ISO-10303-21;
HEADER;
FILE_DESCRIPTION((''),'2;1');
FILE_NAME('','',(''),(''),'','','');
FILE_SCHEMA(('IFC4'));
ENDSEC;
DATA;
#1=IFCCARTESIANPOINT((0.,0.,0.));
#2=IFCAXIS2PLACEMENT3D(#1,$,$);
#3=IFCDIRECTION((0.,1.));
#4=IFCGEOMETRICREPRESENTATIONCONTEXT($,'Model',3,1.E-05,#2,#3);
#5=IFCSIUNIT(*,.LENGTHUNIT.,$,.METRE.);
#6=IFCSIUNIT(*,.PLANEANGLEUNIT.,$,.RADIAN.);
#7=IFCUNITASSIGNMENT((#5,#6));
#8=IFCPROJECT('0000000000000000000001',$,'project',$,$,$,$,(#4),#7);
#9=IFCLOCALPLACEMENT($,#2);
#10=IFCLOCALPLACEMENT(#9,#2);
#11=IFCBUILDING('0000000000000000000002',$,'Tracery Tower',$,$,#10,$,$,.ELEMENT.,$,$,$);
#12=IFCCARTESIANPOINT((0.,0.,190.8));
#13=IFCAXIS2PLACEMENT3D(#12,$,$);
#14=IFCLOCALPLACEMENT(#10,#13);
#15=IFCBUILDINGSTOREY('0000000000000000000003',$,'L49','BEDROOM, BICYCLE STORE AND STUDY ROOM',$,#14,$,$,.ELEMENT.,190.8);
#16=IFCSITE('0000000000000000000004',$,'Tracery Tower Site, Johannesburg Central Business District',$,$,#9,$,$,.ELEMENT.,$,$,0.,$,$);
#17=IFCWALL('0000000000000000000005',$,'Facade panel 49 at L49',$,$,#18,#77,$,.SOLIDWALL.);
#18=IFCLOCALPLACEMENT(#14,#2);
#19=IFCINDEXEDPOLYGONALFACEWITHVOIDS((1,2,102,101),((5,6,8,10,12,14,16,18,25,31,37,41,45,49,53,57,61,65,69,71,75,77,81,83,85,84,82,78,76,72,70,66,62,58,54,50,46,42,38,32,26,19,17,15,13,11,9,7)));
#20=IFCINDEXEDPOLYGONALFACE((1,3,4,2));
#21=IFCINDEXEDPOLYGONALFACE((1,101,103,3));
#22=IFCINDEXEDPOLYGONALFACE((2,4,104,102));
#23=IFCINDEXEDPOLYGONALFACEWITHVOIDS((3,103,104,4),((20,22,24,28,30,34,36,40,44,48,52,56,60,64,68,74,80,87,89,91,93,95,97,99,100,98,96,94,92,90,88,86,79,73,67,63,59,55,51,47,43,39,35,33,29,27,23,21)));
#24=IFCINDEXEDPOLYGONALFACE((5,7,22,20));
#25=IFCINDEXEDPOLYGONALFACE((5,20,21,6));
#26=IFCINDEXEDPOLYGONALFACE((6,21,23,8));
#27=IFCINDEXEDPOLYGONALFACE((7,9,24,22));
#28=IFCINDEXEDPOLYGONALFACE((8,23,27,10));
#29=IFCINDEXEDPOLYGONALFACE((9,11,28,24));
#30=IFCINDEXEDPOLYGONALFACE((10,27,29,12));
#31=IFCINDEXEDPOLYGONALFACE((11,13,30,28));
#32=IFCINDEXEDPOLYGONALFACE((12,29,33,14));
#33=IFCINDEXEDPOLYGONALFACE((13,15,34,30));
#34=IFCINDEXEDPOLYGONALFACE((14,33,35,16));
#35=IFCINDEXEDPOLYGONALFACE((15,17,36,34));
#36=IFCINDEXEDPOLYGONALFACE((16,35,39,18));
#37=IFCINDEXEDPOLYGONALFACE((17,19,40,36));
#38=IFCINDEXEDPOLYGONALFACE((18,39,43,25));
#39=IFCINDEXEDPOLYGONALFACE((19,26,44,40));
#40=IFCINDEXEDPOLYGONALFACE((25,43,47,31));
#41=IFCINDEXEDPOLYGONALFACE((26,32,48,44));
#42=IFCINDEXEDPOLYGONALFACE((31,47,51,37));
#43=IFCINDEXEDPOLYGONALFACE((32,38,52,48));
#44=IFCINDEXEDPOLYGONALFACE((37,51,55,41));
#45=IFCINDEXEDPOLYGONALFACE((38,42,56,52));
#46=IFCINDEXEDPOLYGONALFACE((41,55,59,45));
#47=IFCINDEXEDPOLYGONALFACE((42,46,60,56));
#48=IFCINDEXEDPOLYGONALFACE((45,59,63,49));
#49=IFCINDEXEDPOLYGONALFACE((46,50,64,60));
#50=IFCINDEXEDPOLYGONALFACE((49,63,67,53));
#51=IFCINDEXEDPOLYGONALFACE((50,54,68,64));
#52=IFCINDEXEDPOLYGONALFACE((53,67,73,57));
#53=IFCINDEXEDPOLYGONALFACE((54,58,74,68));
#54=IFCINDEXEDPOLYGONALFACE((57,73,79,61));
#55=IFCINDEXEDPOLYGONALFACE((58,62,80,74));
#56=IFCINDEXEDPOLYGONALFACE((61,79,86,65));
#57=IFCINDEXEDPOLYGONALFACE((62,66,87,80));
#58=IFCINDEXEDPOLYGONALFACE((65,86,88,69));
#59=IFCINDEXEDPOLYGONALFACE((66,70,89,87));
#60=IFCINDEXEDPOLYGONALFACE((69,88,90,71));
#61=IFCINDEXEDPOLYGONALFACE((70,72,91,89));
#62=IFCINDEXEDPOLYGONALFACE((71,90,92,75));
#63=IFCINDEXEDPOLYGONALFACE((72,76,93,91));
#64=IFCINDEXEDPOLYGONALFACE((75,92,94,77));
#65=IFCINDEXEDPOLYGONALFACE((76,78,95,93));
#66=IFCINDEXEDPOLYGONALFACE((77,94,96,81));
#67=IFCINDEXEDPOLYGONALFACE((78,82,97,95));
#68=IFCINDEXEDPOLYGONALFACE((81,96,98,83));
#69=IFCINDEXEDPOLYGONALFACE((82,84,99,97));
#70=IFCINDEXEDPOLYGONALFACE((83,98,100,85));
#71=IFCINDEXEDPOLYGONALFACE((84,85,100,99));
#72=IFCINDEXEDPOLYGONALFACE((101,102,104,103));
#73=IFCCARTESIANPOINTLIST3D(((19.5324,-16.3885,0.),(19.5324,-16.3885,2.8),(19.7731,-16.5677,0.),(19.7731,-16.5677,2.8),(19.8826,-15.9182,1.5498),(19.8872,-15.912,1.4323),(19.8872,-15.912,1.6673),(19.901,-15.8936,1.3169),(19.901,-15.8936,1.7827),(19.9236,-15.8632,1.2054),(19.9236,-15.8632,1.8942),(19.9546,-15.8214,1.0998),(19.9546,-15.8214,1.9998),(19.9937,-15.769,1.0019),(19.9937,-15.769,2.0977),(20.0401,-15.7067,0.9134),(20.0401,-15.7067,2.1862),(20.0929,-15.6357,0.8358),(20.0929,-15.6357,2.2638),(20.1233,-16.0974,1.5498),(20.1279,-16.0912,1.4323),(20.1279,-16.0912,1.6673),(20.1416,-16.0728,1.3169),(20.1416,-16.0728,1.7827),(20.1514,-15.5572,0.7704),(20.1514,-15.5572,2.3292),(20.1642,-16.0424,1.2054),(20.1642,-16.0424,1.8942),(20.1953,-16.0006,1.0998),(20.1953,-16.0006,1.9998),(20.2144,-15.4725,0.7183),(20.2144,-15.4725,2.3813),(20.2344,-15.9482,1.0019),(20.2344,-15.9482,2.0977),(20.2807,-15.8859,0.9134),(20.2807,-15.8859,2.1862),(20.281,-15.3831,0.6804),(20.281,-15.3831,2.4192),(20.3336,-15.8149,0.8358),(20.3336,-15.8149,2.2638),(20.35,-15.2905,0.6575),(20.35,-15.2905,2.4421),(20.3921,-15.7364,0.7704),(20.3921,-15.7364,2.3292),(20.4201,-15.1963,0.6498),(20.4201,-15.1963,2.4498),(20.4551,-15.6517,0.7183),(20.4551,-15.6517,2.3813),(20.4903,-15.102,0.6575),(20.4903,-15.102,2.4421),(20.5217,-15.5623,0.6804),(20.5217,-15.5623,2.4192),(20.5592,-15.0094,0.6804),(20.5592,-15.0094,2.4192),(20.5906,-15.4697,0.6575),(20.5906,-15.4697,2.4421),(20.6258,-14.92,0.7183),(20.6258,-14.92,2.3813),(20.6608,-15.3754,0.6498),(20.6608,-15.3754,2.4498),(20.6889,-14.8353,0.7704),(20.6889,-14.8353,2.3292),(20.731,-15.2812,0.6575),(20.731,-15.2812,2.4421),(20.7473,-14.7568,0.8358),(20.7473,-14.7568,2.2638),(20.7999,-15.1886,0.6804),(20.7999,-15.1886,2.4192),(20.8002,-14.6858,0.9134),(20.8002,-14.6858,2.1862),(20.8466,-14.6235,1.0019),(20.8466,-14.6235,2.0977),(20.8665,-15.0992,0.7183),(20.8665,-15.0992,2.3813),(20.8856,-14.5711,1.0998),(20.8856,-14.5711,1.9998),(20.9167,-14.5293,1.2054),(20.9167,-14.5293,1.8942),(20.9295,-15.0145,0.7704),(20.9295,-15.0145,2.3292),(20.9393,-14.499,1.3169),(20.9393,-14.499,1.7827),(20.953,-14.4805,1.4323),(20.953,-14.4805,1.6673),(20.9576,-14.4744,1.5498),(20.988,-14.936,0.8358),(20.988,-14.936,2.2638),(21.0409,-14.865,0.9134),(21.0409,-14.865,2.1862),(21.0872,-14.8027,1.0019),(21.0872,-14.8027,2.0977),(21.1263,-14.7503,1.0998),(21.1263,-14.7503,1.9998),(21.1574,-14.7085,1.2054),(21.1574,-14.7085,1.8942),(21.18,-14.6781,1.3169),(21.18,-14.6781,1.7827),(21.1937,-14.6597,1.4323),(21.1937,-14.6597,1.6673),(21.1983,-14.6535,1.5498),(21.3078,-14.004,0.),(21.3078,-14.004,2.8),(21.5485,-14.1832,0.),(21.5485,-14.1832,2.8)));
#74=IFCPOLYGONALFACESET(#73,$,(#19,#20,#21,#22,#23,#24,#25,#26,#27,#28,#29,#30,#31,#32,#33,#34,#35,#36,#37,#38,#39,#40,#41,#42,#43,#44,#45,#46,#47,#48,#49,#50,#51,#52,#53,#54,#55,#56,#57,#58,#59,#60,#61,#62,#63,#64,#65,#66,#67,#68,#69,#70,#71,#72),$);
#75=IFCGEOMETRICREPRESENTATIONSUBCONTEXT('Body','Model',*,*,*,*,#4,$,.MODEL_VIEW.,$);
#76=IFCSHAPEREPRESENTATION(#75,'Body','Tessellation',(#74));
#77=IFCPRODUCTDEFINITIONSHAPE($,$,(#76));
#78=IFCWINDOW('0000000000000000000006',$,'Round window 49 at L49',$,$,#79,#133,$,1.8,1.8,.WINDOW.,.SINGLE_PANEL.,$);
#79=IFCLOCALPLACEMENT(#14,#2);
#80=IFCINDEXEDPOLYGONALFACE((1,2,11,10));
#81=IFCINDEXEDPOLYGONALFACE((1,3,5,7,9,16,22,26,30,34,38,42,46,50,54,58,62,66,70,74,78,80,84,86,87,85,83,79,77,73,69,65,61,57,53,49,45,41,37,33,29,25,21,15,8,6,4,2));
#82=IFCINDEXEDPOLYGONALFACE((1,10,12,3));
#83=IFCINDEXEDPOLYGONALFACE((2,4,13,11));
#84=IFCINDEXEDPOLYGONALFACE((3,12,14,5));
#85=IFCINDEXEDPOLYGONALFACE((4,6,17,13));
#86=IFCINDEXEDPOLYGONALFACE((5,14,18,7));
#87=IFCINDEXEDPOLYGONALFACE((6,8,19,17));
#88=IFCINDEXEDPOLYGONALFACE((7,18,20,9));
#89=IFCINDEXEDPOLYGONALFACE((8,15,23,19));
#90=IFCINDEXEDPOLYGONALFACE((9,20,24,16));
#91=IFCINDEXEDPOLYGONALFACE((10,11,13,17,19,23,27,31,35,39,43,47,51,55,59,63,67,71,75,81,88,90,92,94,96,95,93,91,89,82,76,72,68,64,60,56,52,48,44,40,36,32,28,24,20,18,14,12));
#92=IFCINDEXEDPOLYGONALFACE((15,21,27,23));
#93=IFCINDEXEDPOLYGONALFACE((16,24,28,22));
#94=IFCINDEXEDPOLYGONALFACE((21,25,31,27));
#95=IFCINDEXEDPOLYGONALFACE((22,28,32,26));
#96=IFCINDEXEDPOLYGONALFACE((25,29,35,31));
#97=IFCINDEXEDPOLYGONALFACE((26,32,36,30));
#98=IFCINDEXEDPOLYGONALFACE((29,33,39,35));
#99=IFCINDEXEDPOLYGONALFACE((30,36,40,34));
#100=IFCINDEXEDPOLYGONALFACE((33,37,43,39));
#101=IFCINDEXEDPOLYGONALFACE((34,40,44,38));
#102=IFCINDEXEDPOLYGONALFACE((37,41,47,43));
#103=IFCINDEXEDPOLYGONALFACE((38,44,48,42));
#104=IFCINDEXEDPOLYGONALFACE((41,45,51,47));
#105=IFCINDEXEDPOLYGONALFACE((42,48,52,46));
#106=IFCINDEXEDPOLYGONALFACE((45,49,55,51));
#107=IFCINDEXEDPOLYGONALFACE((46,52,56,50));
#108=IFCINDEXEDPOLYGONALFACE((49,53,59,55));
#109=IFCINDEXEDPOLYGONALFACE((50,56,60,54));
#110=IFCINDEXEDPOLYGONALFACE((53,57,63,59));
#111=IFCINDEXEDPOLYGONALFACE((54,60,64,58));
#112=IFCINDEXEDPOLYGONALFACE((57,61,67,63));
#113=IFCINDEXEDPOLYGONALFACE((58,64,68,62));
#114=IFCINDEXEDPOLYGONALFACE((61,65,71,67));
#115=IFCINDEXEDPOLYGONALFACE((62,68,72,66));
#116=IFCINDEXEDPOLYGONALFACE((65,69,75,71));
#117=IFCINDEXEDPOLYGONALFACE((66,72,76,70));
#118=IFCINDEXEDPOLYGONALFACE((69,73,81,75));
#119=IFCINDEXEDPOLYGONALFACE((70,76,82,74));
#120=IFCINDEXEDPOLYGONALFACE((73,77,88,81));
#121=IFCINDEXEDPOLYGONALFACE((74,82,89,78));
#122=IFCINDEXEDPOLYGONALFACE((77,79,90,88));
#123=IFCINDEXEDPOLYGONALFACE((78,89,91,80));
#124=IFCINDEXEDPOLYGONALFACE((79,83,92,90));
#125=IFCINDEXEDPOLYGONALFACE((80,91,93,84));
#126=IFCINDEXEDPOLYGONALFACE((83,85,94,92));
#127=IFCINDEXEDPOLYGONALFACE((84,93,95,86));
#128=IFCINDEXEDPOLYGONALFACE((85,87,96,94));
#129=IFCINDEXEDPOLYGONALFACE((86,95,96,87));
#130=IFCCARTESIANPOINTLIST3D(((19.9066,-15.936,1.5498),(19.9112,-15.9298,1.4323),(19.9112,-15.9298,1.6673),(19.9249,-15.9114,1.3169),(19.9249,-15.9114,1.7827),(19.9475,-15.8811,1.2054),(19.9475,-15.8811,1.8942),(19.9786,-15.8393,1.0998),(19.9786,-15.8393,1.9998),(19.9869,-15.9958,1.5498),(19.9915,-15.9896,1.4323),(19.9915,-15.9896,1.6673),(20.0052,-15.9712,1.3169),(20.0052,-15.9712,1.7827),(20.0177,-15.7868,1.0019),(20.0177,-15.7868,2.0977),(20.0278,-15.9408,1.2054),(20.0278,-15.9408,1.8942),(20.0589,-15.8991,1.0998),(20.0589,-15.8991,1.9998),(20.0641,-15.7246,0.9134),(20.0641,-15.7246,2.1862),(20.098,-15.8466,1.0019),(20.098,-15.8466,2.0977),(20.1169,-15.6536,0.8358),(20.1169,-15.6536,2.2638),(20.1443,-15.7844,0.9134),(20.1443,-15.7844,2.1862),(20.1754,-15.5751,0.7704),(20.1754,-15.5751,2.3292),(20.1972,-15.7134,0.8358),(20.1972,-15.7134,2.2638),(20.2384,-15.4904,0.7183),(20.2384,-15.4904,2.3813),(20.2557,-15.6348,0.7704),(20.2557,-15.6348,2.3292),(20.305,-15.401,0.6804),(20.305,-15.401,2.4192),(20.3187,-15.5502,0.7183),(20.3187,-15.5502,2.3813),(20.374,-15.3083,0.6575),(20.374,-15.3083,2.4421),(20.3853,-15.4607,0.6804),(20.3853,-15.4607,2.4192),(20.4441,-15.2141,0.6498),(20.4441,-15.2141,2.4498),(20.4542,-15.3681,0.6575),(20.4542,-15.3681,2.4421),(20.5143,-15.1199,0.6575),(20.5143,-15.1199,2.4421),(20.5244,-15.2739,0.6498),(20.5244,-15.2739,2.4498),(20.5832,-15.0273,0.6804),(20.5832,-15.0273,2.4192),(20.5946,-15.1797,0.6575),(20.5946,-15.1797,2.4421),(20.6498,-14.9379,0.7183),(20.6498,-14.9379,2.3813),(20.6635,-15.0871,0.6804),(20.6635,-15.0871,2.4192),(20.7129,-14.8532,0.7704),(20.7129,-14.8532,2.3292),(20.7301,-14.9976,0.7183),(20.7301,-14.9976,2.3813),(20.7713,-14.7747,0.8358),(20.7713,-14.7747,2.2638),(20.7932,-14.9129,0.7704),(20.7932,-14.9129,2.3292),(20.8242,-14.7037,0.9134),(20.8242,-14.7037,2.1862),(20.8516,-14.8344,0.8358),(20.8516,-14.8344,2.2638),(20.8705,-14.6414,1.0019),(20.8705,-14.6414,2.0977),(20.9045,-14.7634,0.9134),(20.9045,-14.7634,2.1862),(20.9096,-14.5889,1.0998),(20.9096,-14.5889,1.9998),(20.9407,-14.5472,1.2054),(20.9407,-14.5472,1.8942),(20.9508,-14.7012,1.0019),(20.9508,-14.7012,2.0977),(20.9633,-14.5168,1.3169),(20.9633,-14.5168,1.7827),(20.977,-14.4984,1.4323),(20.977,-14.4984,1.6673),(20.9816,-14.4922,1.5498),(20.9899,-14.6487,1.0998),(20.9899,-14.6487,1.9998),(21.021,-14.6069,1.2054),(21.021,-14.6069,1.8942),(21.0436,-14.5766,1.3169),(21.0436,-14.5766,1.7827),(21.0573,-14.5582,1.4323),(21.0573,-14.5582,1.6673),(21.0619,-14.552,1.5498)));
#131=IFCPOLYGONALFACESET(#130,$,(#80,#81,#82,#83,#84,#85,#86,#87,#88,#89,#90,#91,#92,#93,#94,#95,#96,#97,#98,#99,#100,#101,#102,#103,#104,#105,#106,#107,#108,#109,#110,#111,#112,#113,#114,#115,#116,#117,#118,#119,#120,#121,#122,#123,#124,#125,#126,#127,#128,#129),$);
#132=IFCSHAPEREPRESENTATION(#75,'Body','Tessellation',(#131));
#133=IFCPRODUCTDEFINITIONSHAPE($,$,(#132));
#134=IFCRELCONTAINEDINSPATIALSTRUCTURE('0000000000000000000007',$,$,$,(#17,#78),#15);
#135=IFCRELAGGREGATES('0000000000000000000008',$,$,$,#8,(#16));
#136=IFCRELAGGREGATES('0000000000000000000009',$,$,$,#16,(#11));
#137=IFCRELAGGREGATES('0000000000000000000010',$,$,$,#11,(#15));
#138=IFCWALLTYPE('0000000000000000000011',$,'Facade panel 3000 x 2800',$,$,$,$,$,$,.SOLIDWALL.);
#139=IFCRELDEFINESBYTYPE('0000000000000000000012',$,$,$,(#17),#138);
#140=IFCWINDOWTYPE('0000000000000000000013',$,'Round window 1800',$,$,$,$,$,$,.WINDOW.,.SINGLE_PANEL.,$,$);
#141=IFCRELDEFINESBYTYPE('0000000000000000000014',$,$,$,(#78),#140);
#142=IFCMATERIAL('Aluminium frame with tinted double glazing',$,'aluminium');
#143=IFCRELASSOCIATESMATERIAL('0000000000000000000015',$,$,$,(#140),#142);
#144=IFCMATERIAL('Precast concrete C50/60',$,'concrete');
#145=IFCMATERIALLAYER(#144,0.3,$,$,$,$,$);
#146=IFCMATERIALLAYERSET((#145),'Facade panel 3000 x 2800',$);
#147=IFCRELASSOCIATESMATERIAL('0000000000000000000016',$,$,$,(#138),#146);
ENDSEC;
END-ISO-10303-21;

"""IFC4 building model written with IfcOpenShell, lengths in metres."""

from ifc_helpers import new_model, si_unit, direction, frame, frame_2d, origin, origin_2d, place, context, subcontext, project, spatial, rectangle, circle, extrude, material, layer, layer_set, type_object, element, fill, save


model = new_model("IFC4")

# Units and contexts
model_context = context("Model", 3, precision=1e-05, world=origin(), true_north=direction((0.0, 1.0)))
body_context = subcontext(model_context, "Body", "Model", "MODEL_VIEW")
ifc_project = project(units=[si_unit("LENGTHUNIT", "METRE"), si_unit("PLANEANGLEUNIT", "RADIAN")], contexts=[model_context])

# Site, building, storey
site_placement = place(None, origin())
site = spatial("IfcSite", under=ifc_project, at=site_placement, Name="Tracery Tower Site, Johannesburg Central Business District", CompositionType="ELEMENT", RefElevation=0.0)
building_placement = place(site_placement, origin())
building = spatial("IfcBuilding", under=site, at=building_placement, Name="Tracery Tower", CompositionType="ELEMENT")
storey_placement = place(building_placement, frame((0.0, 0.0, 190.8)))
storey = spatial("IfcBuildingStorey", under=building, at=storey_placement, Name="L49", Description="BEDROOM, BICYCLE STORE AND STUDY ROOM", CompositionType="ELEMENT", Elevation=190.8)

# Wall, opening, window
ifc_material_1 = material(Name="Aluminium frame with tinted double glazing", Category="aluminium")
window_type = type_object("IfcWindowType", Name="Round window 1800", PartitioningType="SINGLE_PANEL", PredefinedType="WINDOW", material=ifc_material_1)
ifc_material_2 = material(Name="Precast concrete C50/60", Category="concrete")
ifc_layer_1 = layer(ifc_material_2, 0.3)
ifc_layer_set_1 = layer_set([ifc_layer_1], Name="Facade panel 3000 x 2800")
wall_type_1 = type_object("IfcWallType", Name="Facade panel 3000 x 2800", PredefinedType="SOLIDWALL", material=ifc_layer_set_1)
wall_1_placement = place(storey_placement, frame((19.6528, -16.478, 0.0), z_axis=(0.0, 0.0, 1.0), x_axis=(0.597198, 0.802094, 0.0)))
wall_1 = element("IfcWall", 1, at=wall_1_placement, inside=storey, type_object=wall_type_1, Name="Facade panel 49 at L49", PredefinedType="SOLIDWALL", context=body_context, shape_type="SweptSolid", body=[
    extrude(rectangle(XDim=2.9729, YDim=0.3, at=frame_2d((1.4863, 0.0))), origin(), (0.0, 0.0, 1.0), 2.8),
])
opening_1_placement = place(wall_1_placement, frame((1.4863, 0.0, 1.5498)))
opening_1 = element("IfcOpeningElement", 2, at=opening_1_placement, cuts=wall_1, PredefinedType="OPENING", context=body_context, shape_type="SweptSolid", body=[
    extrude(circle(Radius=0.9, at=origin_2d()), frame((0.0, 0.1599, 0.0), z_axis=(0.0, -1.0, 0.0), x_axis=(1.0, 0.0, 0.0)), (0.0, 0.0, 1.0), 0.3201),
])
window_1_placement = place(opening_1_placement, origin())
window_1 = element("IfcWindow", 3, at=window_1_placement, inside=storey, type_object=window_type, Name="Round window 49 at L49", OverallHeight=1.8, OverallWidth=1.8, PartitioningType="SINGLE_PANEL", PredefinedType="WINDOW", context=body_context, shape_type="SweptSolid", body=[
    extrude(circle(Radius=0.9, at=origin_2d()), frame((0.0, 0.1201, 0.0), z_axis=(0.0, -1.0, 0.0), x_axis=(1.0, 0.0, 0.0)), (0.0, 0.0, 1.0), 0.1001),
])
fill(opening_1, window_1)

save(model, "model.ifc")
